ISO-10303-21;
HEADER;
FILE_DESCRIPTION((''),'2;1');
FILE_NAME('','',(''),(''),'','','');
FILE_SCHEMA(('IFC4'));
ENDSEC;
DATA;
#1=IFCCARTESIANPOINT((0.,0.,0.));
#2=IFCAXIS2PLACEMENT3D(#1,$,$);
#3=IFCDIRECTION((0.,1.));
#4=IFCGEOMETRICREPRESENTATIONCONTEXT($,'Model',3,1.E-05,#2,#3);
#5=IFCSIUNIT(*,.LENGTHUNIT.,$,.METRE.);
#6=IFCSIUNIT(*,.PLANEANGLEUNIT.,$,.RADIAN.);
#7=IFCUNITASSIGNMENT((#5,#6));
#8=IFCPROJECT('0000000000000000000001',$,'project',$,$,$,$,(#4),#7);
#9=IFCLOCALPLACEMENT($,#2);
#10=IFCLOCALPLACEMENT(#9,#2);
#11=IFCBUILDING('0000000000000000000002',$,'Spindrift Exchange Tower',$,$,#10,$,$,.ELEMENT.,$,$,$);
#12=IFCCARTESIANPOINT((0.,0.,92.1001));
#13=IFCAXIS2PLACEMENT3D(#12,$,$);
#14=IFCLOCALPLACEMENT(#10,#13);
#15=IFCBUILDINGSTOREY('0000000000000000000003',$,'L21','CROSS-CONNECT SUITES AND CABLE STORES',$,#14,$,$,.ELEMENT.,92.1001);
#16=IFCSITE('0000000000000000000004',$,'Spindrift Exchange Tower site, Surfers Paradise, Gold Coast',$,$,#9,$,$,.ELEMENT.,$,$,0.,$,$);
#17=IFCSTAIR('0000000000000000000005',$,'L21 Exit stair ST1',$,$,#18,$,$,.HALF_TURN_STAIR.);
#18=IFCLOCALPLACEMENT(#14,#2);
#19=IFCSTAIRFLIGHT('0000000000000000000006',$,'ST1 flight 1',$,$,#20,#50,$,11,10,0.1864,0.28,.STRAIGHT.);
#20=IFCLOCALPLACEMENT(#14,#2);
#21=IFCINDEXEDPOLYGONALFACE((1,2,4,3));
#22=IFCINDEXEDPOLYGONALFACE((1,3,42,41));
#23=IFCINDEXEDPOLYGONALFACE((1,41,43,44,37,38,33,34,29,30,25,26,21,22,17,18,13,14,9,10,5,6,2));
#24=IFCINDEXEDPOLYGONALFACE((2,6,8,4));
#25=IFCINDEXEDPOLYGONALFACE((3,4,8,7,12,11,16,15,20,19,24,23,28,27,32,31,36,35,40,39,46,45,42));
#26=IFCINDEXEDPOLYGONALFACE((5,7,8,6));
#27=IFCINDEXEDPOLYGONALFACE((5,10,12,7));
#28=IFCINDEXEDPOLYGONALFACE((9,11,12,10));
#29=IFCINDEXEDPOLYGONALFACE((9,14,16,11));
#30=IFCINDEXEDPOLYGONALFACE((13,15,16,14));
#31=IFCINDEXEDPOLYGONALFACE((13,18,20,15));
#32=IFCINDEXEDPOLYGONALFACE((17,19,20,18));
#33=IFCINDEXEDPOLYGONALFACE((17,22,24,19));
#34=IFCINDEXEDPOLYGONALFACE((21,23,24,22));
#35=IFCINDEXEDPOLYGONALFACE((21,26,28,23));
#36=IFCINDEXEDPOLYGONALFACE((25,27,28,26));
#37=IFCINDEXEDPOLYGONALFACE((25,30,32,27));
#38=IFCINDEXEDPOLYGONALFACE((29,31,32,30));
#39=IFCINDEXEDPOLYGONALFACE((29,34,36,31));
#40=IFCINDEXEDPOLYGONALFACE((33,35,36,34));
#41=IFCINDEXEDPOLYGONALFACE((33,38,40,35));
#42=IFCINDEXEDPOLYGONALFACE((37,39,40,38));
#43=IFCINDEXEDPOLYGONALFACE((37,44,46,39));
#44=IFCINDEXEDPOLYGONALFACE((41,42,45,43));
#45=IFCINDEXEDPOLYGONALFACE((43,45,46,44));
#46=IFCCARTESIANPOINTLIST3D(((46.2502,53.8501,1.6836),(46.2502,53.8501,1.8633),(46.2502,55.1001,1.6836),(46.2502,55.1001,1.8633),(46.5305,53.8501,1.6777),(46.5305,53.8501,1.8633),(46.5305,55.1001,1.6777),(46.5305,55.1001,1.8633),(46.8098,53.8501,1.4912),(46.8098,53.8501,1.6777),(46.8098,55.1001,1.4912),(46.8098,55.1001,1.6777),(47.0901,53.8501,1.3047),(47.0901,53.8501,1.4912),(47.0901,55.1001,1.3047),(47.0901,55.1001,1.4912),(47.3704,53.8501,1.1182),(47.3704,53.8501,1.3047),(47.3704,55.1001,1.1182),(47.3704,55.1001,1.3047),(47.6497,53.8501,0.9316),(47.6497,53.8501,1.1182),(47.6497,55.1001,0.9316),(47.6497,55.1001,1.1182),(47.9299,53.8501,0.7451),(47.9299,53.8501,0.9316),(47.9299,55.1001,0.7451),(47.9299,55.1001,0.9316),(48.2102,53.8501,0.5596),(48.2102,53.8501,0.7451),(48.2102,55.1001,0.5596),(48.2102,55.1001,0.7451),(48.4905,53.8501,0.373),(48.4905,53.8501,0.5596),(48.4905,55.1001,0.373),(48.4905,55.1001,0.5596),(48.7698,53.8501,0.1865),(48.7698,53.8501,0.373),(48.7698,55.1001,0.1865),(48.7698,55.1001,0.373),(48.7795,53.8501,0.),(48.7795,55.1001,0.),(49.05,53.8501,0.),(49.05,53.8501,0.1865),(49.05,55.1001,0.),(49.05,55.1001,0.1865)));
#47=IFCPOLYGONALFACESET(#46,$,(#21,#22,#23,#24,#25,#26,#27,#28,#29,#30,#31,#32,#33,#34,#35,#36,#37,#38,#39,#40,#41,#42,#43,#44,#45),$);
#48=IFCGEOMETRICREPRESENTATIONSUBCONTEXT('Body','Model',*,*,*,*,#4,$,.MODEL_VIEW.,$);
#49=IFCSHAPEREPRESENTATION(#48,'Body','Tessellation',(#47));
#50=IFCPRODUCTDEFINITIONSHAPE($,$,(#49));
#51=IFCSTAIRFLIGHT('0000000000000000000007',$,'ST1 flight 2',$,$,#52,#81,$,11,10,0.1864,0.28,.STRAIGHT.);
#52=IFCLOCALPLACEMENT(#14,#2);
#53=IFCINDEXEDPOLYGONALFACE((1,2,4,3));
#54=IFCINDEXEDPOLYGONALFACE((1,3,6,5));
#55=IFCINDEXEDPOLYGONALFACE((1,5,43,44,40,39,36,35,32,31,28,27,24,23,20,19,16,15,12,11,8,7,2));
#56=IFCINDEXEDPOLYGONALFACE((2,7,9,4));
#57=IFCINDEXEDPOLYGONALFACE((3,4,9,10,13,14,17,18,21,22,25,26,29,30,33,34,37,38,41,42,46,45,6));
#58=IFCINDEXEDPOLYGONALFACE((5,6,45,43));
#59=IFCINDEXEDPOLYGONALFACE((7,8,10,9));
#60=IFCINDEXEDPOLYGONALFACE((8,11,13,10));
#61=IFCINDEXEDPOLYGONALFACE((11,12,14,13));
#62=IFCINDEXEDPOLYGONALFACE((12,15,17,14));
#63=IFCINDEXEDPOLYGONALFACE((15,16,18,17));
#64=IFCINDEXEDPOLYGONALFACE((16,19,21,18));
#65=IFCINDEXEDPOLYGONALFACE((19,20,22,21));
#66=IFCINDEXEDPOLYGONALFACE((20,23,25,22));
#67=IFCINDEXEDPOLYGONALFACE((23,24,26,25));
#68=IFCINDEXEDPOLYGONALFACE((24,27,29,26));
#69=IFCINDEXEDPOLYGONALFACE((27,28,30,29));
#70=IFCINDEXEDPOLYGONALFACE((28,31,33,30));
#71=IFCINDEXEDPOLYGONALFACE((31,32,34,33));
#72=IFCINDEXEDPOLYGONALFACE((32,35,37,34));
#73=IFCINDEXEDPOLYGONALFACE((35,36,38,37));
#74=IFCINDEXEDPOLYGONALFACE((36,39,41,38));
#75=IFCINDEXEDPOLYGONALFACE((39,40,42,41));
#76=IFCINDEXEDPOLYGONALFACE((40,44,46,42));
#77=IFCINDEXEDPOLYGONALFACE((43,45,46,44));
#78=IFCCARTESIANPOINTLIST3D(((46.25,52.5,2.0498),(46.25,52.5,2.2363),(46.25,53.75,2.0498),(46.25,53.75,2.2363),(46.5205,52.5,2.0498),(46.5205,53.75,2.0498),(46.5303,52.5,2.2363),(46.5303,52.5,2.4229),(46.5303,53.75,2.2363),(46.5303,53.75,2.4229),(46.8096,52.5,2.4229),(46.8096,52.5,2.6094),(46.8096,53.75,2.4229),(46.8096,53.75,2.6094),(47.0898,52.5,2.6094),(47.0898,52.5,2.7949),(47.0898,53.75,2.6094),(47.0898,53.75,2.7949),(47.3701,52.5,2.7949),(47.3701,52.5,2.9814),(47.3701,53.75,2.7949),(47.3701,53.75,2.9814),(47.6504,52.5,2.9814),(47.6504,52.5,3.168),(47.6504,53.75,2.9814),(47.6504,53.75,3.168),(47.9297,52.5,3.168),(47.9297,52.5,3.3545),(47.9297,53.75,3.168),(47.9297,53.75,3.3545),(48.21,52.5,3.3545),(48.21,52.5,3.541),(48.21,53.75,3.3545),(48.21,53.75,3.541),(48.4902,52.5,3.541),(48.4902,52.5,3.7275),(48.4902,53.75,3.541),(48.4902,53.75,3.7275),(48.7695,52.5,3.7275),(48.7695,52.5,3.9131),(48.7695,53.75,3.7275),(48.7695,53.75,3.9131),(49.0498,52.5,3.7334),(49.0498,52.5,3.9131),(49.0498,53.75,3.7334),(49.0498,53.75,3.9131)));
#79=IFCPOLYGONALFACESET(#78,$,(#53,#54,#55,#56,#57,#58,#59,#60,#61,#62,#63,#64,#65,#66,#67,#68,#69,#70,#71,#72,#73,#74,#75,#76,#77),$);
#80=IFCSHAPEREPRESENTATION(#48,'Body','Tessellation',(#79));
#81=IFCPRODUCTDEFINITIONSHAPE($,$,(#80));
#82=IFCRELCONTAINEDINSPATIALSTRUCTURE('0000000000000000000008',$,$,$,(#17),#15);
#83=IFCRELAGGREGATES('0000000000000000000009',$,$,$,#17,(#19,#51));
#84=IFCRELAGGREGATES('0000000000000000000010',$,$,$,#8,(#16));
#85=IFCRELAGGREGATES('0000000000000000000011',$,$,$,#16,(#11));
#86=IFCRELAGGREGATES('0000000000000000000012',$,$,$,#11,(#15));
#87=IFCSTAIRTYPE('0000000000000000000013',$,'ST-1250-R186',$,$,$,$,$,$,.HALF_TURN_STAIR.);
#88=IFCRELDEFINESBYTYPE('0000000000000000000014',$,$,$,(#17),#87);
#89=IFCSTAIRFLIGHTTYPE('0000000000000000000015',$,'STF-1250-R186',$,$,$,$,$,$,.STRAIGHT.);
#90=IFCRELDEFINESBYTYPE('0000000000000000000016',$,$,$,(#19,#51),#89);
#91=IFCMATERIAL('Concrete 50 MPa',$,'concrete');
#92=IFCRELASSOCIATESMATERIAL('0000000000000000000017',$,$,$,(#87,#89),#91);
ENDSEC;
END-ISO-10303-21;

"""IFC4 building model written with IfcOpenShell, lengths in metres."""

from ifc_helpers import new_model, si_unit, direction, frame, origin, place, context, subcontext, project, spatial, line, indexed_curve, outline, extrude, material, type_object, element, aggregate, save


model = new_model("IFC4")

# Units and contexts
model_context = context("Model", 3, precision=1e-05, world=origin(), true_north=direction((0.0, 1.0)))
body_context = subcontext(model_context, "Body", "Model", "MODEL_VIEW")
ifc_project = project(units=[si_unit("LENGTHUNIT", "METRE"), si_unit("PLANEANGLEUNIT", "RADIAN")], contexts=[model_context])

# Site, building, storey
site_placement = place(None, origin())
site = spatial("IfcSite", under=ifc_project, at=site_placement, Name="Spindrift Exchange Tower site, Surfers Paradise, Gold Coast", CompositionType="ELEMENT", RefElevation=0.0)
building_placement = place(site_placement, origin())
building = spatial("IfcBuilding", under=site, at=building_placement, Name="Spindrift Exchange Tower", CompositionType="ELEMENT")
storey_placement = place(building_placement, frame((0.0, 0.0, 92.1001)))
storey = spatial("IfcBuildingStorey", under=building, at=storey_placement, Name="L21", Description="CROSS-CONNECT SUITES AND CABLE STORES", CompositionType="ELEMENT", Elevation=92.1001)

# Stair, stair flights
ifc_material_1 = material(Name="Concrete 50 MPa", Category="concrete")
stair_type = type_object("IfcStairType", Name="ST-1250-R186", PredefinedType="HALF_TURN_STAIR", material=ifc_material_1)
stair_placement = place(storey_placement, origin())
stair = element("IfcStair", 1, at=stair_placement, inside=storey, type_object=stair_type, Name="L21 Exit stair ST1", PredefinedType="HALF_TURN_STAIR")
stair_flight_type = type_object("IfcStairFlightType", Name="STF-1250-R186", PredefinedType="STRAIGHT", material=ifc_material_1)
stair_flight_1_placement = place(storey_placement, frame((49.05, 54.4751, 0.0), z_axis=(0.0, 0.0, 1.0), x_axis=(-1.0, 0.0, 0.0)))
stair_flight_1 = element("IfcStairFlight", 2, at=stair_flight_1_placement, type_object=stair_flight_type, Name="ST1 flight 1", NumberOfRisers=11, NumberOfTreads=10, PredefinedType="STRAIGHT", RiserHeight=0.1864, TreadLength=0.28, context=body_context, shape_type="SweptSolid", body=[
    extrude(outline(indexed_curve([(0.0, 0.0), (0.0, 0.1865), (0.2803, 0.1865), (0.2803, 0.373), (0.5596, 0.373), (0.5596, 0.5596), (0.8398, 0.5596), (0.8398, 0.7451), (1.1201, 0.7451), (1.1201, 0.9316), (1.4004, 0.9316), (1.4004, 1.1182), (1.6797, 1.1182), (1.6797, 1.3047), (1.96, 1.3047), (1.96, 1.4912), (2.2402, 1.4912), (2.2402, 1.6777), (2.5195, 1.6777), (2.5195, 1.8633), (2.7998, 1.8633), (2.7998, 2.0498), (2.7998, 1.6836), (0.2705, 0.0)], segments=[line(1, 2, 3, 4, 5, 6, 7, 8, 9, 10, 11, 12, 13, 14, 15, 16, 17, 18, 19, 20, 21, 22, 23, 24, 1)], self_intersect=False)), frame((0.0, 0.625, 0.0), z_axis=(0.0, -1.0, 0.0), x_axis=(1.0, 0.0, 0.0)), (0.0, 0.0, 1.0), 1.25),
])
stair_flight_2_placement = place(storey_placement, frame((46.25, 53.125, 2.0498), z_axis=(0.0, 0.0, 1.0), x_axis=(1.0, 0.0, 0.0)))
stair_flight_2 = element("IfcStairFlight", 3, at=stair_flight_2_placement, type_object=stair_flight_type, Name="ST1 flight 2", NumberOfRisers=11, NumberOfTreads=10, PredefinedType="STRAIGHT", RiserHeight=0.1864, TreadLength=0.28, context=body_context, shape_type="SweptSolid", body=[
    extrude(outline(indexed_curve([(0.0, 0.0), (0.0, 0.1865), (0.2803, 0.1865), (0.2803, 0.373), (0.5596, 0.373), (0.5596, 0.5596), (0.8398, 0.5596), (0.8398, 0.7451), (1.1201, 0.7451), (1.1201, 0.9316), (1.4004, 0.9316), (1.4004, 1.1182), (1.6797, 1.1182), (1.6797, 1.3047), (1.96, 1.3047), (1.96, 1.4912), (2.2402, 1.4912), (2.2402, 1.6777), (2.5195, 1.6777), (2.5195, 1.8633), (2.7998, 1.8633), (2.7998, 2.0498), (2.7998, 1.6836), (0.2705, 0.0)], segments=[line(1, 2, 3, 4, 5, 6, 7, 8, 9, 10, 11, 12, 13, 14, 15, 16, 17, 18, 19, 20, 21, 22, 23, 24, 1)], self_intersect=False)), frame((0.0, 0.625, 0.0), z_axis=(0.0, -1.0, 0.0), x_axis=(1.0, 0.0, 0.0)), (0.0, 0.0, 1.0), 1.25),
])
aggregate(stair, [stair_flight_1, stair_flight_2])

save(model, "model.ifc")
